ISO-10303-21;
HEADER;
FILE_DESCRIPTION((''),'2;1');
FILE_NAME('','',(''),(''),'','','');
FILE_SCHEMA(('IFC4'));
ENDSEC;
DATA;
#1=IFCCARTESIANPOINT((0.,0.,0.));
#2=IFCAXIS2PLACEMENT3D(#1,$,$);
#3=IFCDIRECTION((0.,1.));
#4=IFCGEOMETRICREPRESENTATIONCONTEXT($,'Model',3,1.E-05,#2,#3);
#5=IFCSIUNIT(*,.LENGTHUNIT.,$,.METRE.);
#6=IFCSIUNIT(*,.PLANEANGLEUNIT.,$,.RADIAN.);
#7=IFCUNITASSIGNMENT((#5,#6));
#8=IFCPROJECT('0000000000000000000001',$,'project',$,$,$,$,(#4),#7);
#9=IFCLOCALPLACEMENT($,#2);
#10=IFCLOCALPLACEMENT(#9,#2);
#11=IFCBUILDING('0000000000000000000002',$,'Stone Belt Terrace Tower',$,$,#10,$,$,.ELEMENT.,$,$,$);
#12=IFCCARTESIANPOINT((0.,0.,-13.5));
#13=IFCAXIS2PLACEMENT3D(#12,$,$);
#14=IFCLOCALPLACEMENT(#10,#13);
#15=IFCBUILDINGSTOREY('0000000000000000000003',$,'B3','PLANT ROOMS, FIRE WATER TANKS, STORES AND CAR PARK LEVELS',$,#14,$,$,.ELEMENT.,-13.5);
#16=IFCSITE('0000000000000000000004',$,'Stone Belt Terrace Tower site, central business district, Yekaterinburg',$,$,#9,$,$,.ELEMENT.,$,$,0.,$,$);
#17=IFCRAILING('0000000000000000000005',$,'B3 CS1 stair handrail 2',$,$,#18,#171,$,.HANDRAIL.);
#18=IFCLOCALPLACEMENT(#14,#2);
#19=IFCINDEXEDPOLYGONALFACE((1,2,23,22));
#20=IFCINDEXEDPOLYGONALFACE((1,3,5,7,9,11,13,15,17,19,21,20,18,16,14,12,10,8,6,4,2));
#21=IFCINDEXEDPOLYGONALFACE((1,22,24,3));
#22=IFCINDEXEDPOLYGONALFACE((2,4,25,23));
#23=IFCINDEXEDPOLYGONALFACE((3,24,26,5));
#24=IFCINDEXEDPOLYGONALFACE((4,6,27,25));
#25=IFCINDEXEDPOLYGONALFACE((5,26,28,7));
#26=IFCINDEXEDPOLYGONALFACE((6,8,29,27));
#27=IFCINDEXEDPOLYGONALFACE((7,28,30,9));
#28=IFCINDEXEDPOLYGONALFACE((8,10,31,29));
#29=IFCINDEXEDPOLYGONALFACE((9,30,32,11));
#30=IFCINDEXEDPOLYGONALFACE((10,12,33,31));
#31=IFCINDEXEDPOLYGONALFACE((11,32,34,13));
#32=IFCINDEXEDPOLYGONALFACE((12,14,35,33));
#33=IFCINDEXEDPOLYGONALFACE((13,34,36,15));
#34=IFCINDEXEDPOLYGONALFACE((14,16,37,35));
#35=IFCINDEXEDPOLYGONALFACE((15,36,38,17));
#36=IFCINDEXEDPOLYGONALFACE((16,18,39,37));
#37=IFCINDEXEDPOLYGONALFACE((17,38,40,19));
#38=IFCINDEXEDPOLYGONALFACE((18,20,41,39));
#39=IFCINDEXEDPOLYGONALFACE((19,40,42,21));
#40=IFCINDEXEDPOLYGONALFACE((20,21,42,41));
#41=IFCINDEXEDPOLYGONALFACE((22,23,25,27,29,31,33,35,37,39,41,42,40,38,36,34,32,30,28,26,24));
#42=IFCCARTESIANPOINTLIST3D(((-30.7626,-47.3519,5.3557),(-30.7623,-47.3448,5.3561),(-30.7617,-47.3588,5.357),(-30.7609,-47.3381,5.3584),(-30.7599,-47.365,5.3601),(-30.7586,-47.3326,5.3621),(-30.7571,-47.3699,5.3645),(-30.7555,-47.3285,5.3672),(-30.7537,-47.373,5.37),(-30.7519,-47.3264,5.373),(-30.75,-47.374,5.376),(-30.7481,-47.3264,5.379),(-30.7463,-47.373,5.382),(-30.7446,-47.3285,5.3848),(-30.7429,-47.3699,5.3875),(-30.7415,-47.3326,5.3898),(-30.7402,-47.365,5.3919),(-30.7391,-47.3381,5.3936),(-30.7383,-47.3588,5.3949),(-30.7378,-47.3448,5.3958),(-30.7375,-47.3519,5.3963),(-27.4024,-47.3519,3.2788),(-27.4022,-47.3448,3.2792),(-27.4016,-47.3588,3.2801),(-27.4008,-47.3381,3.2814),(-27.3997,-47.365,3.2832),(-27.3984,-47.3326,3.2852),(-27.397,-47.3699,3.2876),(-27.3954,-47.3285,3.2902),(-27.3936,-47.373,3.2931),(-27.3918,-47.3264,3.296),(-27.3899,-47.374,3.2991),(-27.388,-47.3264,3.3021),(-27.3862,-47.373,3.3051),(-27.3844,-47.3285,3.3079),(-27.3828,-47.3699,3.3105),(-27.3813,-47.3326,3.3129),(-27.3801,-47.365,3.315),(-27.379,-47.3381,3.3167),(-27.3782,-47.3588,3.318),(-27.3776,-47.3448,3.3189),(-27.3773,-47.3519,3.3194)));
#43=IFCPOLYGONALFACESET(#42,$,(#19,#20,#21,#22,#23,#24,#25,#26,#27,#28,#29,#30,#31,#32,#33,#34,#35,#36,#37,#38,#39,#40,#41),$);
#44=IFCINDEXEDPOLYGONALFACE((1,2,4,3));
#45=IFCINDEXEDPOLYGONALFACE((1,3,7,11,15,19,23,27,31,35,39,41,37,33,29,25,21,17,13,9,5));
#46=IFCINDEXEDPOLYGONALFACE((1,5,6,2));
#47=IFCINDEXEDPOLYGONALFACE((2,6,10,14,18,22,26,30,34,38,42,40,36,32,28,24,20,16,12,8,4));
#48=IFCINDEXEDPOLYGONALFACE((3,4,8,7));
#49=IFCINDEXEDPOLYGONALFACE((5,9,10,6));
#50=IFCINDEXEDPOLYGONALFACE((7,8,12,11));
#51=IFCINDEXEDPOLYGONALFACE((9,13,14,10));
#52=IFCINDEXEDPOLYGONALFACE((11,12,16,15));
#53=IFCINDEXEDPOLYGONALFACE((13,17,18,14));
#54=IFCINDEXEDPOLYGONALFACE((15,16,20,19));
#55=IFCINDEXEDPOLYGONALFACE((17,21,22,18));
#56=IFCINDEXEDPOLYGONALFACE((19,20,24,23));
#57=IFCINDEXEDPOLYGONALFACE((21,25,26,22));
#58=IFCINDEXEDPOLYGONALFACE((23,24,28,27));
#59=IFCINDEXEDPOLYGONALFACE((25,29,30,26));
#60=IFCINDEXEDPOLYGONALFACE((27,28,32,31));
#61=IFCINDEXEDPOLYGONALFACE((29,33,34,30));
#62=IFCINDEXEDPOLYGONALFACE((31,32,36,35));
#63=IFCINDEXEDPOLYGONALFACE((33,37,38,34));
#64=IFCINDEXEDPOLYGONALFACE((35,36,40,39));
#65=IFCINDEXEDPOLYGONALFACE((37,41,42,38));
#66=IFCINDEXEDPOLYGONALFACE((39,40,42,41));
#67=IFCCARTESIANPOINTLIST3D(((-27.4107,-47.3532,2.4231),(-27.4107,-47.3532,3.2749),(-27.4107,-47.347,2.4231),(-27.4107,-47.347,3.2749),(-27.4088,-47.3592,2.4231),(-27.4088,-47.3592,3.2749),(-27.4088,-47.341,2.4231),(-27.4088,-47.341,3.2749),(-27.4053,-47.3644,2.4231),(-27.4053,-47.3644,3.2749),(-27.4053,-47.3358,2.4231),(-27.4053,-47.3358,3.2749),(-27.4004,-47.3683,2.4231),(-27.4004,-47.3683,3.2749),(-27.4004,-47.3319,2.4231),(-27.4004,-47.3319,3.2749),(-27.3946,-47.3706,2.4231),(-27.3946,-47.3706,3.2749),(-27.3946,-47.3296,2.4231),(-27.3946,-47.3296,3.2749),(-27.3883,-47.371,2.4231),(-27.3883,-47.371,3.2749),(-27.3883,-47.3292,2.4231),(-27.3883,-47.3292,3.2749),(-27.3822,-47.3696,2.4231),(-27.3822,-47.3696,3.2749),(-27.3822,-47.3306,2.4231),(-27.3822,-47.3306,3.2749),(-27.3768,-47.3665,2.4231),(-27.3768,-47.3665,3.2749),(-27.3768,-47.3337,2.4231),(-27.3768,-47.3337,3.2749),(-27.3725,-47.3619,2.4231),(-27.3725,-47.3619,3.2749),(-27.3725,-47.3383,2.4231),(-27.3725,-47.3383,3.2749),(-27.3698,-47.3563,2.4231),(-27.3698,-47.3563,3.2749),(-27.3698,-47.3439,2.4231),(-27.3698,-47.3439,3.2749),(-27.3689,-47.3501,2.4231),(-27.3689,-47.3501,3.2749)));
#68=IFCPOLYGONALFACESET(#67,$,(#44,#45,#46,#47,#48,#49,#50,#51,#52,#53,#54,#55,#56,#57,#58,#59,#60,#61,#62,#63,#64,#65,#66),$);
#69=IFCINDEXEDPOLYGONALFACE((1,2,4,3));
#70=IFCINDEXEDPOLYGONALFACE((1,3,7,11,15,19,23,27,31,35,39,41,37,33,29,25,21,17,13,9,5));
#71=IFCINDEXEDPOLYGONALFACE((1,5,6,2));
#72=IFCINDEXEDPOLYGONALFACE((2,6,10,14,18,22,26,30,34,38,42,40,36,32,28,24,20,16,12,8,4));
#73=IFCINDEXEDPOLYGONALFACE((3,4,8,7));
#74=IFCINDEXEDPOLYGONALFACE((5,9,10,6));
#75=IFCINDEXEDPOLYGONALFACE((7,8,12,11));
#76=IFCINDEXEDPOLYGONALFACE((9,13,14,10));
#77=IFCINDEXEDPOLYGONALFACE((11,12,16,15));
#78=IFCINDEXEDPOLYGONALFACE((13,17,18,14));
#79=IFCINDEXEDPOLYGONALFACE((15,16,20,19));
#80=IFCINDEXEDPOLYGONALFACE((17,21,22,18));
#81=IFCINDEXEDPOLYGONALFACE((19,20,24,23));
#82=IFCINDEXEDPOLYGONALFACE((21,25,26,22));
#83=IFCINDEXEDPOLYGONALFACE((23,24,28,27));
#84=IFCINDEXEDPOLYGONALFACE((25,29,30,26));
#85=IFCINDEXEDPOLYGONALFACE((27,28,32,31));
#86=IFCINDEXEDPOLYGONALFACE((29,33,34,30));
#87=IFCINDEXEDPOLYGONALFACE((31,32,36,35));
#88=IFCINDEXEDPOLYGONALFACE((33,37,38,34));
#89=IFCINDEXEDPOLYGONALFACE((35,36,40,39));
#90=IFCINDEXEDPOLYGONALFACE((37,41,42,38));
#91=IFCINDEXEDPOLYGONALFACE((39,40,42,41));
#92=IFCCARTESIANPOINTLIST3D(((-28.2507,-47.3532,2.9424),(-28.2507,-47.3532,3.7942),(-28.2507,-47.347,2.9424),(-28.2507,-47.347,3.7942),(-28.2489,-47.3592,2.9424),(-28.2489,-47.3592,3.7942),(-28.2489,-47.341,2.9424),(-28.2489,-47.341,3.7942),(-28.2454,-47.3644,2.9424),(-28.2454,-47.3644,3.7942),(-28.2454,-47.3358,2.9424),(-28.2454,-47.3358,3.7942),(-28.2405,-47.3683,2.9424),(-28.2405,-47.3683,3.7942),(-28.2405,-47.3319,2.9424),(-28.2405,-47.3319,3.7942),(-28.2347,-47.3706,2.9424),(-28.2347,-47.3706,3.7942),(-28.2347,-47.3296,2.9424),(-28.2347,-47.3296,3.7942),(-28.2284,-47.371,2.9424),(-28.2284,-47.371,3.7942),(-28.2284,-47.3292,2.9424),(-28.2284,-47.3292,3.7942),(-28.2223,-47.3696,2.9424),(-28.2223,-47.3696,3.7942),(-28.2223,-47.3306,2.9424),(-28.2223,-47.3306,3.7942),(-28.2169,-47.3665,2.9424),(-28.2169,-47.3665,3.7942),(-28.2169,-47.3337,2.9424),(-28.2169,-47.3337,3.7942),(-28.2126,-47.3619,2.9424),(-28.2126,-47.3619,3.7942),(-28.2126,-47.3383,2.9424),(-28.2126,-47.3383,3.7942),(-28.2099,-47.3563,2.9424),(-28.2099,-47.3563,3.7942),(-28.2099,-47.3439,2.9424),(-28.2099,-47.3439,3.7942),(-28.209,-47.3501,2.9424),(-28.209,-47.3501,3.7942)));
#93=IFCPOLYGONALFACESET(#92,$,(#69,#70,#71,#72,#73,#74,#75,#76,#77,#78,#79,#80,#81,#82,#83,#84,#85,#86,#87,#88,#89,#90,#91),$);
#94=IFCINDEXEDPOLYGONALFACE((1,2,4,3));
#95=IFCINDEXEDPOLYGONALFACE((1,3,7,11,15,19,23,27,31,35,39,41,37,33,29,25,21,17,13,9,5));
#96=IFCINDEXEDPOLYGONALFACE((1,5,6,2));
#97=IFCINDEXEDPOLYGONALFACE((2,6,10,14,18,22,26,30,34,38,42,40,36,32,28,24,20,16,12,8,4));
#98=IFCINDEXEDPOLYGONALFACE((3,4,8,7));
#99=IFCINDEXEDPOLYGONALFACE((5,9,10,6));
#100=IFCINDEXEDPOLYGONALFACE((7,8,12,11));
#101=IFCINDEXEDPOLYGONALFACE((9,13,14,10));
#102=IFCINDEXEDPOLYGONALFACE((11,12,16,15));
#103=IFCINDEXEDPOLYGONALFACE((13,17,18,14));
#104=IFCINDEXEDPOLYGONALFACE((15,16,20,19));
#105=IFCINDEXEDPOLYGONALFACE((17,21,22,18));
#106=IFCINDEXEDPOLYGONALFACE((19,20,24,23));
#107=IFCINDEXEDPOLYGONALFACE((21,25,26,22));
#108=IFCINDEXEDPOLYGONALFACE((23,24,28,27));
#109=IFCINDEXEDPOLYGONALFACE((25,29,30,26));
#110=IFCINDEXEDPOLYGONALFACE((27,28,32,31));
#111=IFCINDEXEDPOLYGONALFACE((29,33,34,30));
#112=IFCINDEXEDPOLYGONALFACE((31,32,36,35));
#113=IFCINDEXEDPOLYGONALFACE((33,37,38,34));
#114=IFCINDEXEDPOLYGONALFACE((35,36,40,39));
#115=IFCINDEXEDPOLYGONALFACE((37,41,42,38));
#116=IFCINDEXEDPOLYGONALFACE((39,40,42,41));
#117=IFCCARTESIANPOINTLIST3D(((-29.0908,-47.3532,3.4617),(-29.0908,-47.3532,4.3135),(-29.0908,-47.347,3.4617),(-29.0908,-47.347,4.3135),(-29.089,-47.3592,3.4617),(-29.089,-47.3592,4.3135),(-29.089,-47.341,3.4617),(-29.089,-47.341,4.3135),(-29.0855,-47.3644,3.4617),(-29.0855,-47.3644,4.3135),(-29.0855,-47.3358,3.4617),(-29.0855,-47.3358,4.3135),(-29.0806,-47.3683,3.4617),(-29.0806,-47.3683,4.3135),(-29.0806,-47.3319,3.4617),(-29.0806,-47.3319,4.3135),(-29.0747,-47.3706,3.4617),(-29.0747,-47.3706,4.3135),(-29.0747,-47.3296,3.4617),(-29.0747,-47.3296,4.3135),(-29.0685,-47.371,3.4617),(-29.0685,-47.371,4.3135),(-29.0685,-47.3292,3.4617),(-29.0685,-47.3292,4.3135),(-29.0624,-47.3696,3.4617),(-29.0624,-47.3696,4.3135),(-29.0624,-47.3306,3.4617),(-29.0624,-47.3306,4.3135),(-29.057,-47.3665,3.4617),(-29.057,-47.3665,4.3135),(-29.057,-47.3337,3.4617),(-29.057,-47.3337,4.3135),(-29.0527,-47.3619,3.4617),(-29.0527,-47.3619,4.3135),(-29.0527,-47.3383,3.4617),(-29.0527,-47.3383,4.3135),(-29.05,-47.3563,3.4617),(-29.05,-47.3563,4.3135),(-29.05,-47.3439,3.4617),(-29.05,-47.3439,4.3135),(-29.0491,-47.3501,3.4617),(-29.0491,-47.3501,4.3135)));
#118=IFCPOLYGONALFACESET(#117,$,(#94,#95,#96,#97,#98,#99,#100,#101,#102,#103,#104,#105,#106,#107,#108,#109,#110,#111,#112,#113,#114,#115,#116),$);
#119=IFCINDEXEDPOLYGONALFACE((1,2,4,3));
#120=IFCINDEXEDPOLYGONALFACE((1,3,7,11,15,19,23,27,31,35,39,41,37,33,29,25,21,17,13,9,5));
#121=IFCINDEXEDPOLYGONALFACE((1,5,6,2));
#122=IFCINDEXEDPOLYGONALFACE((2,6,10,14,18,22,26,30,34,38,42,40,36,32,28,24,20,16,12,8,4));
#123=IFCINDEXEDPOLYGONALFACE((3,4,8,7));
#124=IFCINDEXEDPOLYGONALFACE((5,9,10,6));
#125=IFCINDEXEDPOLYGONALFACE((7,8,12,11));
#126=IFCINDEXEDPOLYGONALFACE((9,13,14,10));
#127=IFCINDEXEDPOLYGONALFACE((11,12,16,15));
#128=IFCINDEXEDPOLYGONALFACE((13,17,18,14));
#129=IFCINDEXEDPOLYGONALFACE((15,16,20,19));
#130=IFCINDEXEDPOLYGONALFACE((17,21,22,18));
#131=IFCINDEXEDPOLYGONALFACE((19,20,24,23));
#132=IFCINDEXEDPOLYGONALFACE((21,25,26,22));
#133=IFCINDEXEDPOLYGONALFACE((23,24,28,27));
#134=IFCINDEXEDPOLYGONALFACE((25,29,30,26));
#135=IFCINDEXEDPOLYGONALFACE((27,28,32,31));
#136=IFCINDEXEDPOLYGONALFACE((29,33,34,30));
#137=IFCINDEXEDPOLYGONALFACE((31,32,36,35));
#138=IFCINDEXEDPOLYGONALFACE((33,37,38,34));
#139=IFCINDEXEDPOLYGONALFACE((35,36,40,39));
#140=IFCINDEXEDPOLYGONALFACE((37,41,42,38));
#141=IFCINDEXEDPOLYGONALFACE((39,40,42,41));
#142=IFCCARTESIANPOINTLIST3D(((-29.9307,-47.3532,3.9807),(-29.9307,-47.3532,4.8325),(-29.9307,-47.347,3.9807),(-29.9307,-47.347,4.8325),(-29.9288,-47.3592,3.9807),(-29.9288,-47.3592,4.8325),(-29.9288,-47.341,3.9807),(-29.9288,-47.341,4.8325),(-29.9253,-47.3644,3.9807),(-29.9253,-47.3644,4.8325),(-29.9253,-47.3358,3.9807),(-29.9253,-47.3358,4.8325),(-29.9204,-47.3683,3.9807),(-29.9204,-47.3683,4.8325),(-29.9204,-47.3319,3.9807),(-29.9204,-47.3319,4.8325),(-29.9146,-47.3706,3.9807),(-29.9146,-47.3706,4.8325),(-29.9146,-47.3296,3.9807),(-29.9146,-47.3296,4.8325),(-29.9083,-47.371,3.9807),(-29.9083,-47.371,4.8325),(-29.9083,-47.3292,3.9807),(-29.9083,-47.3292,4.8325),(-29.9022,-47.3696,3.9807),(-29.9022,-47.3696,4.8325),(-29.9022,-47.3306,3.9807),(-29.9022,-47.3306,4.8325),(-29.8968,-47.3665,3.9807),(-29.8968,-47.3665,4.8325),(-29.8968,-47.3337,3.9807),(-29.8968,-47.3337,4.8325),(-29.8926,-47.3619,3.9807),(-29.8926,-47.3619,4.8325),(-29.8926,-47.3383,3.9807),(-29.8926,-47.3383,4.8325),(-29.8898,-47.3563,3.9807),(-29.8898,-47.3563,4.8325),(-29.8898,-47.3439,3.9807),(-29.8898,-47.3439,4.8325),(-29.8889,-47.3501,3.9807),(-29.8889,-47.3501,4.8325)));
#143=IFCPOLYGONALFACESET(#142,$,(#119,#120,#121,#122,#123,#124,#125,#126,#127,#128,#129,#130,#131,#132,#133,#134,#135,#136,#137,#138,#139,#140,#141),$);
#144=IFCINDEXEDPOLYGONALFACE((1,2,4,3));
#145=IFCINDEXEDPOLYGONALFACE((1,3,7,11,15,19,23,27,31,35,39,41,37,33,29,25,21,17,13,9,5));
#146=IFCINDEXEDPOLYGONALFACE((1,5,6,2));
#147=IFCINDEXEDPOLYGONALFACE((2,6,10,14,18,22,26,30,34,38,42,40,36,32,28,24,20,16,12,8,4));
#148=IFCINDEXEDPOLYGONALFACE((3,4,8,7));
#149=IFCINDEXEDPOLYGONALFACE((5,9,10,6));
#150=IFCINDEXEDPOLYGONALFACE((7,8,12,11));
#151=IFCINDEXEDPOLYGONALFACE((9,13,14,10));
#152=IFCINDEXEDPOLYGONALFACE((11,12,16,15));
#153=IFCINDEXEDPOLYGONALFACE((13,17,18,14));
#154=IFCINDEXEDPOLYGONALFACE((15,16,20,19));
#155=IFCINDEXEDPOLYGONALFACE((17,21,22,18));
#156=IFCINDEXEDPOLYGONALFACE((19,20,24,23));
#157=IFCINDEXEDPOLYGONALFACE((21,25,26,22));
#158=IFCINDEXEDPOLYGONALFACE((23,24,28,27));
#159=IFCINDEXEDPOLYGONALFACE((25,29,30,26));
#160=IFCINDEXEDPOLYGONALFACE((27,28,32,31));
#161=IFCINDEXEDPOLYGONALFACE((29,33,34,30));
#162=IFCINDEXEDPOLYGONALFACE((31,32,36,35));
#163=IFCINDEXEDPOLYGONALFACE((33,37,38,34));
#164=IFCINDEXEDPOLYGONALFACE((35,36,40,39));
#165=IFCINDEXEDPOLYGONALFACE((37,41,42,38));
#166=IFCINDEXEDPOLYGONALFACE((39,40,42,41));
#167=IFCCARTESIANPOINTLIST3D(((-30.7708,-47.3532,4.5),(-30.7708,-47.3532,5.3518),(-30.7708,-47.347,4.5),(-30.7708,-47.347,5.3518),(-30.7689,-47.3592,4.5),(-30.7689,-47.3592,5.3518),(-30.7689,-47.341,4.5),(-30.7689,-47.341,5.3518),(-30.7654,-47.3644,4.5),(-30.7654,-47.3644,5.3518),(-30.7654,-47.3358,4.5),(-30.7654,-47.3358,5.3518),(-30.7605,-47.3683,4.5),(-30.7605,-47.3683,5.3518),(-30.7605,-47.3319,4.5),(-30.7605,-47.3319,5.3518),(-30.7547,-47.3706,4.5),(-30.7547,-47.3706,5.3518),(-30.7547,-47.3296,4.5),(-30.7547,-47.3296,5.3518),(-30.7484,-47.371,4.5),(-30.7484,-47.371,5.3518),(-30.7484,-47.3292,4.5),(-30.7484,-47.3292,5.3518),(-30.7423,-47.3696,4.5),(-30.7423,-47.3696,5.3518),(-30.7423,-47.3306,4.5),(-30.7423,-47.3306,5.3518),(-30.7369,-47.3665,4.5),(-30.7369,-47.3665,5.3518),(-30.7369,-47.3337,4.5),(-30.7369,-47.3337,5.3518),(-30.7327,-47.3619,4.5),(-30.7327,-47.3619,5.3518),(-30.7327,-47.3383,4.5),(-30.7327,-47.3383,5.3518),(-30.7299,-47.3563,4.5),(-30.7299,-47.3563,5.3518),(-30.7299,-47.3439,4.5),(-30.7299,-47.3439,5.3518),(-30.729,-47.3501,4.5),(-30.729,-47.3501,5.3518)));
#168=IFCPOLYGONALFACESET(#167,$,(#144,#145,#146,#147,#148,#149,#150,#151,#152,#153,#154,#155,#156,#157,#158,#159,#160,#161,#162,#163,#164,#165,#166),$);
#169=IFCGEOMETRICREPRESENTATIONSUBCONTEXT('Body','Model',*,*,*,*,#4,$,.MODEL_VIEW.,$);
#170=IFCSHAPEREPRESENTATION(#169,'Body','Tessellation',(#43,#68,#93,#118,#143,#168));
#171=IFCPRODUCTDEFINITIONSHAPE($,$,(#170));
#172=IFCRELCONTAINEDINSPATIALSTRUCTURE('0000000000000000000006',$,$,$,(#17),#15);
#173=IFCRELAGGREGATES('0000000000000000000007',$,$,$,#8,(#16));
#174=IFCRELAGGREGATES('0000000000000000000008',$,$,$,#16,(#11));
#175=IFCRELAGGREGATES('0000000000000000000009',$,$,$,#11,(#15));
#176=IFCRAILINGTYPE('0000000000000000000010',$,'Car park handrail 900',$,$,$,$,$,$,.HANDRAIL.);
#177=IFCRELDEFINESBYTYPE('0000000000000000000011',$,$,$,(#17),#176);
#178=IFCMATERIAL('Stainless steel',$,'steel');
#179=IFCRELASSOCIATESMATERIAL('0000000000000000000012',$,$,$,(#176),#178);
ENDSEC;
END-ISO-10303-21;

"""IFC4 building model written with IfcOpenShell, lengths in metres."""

from ifc_helpers import new_model, si_unit, direction, frame, origin, origin_2d, place, context, subcontext, project, spatial, circle, extrude, material, type_object, element, save


model = new_model("IFC4")

# Units and contexts
model_context = context("Model", 3, precision=1e-05, world=origin(), true_north=direction((0.0, 1.0)))
body_context = subcontext(model_context, "Body", "Model", "MODEL_VIEW")
ifc_project = project(units=[si_unit("LENGTHUNIT", "METRE"), si_unit("PLANEANGLEUNIT", "RADIAN")], contexts=[model_context])

# Site, building, storey
site_placement = place(None, origin())
site = spatial("IfcSite", under=ifc_project, at=site_placement, Name="Stone Belt Terrace Tower site, central business district, Yekaterinburg", CompositionType="ELEMENT", RefElevation=0.0)
building_placement = place(site_placement, origin())
building = spatial("IfcBuilding", under=site, at=building_placement, Name="Stone Belt Terrace Tower", CompositionType="ELEMENT")
storey_placement = place(building_placement, frame((0.0, 0.0, -13.5)))
storey = spatial("IfcBuildingStorey", under=building, at=storey_placement, Name="B3", Description="PLANT ROOMS, FIRE WATER TANKS, STORES AND CAR PARK LEVELS", CompositionType="ELEMENT", Elevation=-13.5)

# Railing
ifc_material_1 = material(Name="Stainless steel", Category="steel")
railing_type_1 = type_object("IfcRailingType", Name="Car park handrail 900", PredefinedType="HANDRAIL", material=ifc_material_1)
railing_1_placement = place(storey_placement, frame((-27.3899, -47.3501, 2.4231)))
element("IfcRailing", 1, at=railing_1_placement, inside=storey, type_object=railing_type_1, Name="B3 CS1 stair handrail 2", PredefinedType="HANDRAIL", context=body_context, shape_type="SweptSolid", body=[
    extrude(circle(Radius=0.0239, at=origin_2d()), frame((0.0, 0.0, 0.876), z_axis=(-0.850623, 0.0, 0.525776), x_axis=(0.0, -1.0, 0.0)), (0.0, 0.0, 1.0), 3.9502),
    extrude(circle(Radius=0.021, at=origin_2d()), origin(), (0.0, 0.0, 1.0), 0.8518),
    extrude(circle(Radius=0.021, at=origin_2d()), frame((-0.8401, 0.0, 0.5193)), (0.0, 0.0, 1.0), 0.8518),
    extrude(circle(Radius=0.021, at=origin_2d()), frame((-1.6802, 0.0, 1.0386)), (0.0, 0.0, 1.0), 0.8518),
    extrude(circle(Radius=0.021, at=origin_2d()), frame((-2.52, 0.0, 1.5576)), (0.0, 0.0, 1.0), 0.8518),
    extrude(circle(Radius=0.021, at=origin_2d()), frame((-3.3601, 0.0, 2.0769)), (0.0, 0.0, 1.0), 0.8518),
])

save(model, "model.ifc")
